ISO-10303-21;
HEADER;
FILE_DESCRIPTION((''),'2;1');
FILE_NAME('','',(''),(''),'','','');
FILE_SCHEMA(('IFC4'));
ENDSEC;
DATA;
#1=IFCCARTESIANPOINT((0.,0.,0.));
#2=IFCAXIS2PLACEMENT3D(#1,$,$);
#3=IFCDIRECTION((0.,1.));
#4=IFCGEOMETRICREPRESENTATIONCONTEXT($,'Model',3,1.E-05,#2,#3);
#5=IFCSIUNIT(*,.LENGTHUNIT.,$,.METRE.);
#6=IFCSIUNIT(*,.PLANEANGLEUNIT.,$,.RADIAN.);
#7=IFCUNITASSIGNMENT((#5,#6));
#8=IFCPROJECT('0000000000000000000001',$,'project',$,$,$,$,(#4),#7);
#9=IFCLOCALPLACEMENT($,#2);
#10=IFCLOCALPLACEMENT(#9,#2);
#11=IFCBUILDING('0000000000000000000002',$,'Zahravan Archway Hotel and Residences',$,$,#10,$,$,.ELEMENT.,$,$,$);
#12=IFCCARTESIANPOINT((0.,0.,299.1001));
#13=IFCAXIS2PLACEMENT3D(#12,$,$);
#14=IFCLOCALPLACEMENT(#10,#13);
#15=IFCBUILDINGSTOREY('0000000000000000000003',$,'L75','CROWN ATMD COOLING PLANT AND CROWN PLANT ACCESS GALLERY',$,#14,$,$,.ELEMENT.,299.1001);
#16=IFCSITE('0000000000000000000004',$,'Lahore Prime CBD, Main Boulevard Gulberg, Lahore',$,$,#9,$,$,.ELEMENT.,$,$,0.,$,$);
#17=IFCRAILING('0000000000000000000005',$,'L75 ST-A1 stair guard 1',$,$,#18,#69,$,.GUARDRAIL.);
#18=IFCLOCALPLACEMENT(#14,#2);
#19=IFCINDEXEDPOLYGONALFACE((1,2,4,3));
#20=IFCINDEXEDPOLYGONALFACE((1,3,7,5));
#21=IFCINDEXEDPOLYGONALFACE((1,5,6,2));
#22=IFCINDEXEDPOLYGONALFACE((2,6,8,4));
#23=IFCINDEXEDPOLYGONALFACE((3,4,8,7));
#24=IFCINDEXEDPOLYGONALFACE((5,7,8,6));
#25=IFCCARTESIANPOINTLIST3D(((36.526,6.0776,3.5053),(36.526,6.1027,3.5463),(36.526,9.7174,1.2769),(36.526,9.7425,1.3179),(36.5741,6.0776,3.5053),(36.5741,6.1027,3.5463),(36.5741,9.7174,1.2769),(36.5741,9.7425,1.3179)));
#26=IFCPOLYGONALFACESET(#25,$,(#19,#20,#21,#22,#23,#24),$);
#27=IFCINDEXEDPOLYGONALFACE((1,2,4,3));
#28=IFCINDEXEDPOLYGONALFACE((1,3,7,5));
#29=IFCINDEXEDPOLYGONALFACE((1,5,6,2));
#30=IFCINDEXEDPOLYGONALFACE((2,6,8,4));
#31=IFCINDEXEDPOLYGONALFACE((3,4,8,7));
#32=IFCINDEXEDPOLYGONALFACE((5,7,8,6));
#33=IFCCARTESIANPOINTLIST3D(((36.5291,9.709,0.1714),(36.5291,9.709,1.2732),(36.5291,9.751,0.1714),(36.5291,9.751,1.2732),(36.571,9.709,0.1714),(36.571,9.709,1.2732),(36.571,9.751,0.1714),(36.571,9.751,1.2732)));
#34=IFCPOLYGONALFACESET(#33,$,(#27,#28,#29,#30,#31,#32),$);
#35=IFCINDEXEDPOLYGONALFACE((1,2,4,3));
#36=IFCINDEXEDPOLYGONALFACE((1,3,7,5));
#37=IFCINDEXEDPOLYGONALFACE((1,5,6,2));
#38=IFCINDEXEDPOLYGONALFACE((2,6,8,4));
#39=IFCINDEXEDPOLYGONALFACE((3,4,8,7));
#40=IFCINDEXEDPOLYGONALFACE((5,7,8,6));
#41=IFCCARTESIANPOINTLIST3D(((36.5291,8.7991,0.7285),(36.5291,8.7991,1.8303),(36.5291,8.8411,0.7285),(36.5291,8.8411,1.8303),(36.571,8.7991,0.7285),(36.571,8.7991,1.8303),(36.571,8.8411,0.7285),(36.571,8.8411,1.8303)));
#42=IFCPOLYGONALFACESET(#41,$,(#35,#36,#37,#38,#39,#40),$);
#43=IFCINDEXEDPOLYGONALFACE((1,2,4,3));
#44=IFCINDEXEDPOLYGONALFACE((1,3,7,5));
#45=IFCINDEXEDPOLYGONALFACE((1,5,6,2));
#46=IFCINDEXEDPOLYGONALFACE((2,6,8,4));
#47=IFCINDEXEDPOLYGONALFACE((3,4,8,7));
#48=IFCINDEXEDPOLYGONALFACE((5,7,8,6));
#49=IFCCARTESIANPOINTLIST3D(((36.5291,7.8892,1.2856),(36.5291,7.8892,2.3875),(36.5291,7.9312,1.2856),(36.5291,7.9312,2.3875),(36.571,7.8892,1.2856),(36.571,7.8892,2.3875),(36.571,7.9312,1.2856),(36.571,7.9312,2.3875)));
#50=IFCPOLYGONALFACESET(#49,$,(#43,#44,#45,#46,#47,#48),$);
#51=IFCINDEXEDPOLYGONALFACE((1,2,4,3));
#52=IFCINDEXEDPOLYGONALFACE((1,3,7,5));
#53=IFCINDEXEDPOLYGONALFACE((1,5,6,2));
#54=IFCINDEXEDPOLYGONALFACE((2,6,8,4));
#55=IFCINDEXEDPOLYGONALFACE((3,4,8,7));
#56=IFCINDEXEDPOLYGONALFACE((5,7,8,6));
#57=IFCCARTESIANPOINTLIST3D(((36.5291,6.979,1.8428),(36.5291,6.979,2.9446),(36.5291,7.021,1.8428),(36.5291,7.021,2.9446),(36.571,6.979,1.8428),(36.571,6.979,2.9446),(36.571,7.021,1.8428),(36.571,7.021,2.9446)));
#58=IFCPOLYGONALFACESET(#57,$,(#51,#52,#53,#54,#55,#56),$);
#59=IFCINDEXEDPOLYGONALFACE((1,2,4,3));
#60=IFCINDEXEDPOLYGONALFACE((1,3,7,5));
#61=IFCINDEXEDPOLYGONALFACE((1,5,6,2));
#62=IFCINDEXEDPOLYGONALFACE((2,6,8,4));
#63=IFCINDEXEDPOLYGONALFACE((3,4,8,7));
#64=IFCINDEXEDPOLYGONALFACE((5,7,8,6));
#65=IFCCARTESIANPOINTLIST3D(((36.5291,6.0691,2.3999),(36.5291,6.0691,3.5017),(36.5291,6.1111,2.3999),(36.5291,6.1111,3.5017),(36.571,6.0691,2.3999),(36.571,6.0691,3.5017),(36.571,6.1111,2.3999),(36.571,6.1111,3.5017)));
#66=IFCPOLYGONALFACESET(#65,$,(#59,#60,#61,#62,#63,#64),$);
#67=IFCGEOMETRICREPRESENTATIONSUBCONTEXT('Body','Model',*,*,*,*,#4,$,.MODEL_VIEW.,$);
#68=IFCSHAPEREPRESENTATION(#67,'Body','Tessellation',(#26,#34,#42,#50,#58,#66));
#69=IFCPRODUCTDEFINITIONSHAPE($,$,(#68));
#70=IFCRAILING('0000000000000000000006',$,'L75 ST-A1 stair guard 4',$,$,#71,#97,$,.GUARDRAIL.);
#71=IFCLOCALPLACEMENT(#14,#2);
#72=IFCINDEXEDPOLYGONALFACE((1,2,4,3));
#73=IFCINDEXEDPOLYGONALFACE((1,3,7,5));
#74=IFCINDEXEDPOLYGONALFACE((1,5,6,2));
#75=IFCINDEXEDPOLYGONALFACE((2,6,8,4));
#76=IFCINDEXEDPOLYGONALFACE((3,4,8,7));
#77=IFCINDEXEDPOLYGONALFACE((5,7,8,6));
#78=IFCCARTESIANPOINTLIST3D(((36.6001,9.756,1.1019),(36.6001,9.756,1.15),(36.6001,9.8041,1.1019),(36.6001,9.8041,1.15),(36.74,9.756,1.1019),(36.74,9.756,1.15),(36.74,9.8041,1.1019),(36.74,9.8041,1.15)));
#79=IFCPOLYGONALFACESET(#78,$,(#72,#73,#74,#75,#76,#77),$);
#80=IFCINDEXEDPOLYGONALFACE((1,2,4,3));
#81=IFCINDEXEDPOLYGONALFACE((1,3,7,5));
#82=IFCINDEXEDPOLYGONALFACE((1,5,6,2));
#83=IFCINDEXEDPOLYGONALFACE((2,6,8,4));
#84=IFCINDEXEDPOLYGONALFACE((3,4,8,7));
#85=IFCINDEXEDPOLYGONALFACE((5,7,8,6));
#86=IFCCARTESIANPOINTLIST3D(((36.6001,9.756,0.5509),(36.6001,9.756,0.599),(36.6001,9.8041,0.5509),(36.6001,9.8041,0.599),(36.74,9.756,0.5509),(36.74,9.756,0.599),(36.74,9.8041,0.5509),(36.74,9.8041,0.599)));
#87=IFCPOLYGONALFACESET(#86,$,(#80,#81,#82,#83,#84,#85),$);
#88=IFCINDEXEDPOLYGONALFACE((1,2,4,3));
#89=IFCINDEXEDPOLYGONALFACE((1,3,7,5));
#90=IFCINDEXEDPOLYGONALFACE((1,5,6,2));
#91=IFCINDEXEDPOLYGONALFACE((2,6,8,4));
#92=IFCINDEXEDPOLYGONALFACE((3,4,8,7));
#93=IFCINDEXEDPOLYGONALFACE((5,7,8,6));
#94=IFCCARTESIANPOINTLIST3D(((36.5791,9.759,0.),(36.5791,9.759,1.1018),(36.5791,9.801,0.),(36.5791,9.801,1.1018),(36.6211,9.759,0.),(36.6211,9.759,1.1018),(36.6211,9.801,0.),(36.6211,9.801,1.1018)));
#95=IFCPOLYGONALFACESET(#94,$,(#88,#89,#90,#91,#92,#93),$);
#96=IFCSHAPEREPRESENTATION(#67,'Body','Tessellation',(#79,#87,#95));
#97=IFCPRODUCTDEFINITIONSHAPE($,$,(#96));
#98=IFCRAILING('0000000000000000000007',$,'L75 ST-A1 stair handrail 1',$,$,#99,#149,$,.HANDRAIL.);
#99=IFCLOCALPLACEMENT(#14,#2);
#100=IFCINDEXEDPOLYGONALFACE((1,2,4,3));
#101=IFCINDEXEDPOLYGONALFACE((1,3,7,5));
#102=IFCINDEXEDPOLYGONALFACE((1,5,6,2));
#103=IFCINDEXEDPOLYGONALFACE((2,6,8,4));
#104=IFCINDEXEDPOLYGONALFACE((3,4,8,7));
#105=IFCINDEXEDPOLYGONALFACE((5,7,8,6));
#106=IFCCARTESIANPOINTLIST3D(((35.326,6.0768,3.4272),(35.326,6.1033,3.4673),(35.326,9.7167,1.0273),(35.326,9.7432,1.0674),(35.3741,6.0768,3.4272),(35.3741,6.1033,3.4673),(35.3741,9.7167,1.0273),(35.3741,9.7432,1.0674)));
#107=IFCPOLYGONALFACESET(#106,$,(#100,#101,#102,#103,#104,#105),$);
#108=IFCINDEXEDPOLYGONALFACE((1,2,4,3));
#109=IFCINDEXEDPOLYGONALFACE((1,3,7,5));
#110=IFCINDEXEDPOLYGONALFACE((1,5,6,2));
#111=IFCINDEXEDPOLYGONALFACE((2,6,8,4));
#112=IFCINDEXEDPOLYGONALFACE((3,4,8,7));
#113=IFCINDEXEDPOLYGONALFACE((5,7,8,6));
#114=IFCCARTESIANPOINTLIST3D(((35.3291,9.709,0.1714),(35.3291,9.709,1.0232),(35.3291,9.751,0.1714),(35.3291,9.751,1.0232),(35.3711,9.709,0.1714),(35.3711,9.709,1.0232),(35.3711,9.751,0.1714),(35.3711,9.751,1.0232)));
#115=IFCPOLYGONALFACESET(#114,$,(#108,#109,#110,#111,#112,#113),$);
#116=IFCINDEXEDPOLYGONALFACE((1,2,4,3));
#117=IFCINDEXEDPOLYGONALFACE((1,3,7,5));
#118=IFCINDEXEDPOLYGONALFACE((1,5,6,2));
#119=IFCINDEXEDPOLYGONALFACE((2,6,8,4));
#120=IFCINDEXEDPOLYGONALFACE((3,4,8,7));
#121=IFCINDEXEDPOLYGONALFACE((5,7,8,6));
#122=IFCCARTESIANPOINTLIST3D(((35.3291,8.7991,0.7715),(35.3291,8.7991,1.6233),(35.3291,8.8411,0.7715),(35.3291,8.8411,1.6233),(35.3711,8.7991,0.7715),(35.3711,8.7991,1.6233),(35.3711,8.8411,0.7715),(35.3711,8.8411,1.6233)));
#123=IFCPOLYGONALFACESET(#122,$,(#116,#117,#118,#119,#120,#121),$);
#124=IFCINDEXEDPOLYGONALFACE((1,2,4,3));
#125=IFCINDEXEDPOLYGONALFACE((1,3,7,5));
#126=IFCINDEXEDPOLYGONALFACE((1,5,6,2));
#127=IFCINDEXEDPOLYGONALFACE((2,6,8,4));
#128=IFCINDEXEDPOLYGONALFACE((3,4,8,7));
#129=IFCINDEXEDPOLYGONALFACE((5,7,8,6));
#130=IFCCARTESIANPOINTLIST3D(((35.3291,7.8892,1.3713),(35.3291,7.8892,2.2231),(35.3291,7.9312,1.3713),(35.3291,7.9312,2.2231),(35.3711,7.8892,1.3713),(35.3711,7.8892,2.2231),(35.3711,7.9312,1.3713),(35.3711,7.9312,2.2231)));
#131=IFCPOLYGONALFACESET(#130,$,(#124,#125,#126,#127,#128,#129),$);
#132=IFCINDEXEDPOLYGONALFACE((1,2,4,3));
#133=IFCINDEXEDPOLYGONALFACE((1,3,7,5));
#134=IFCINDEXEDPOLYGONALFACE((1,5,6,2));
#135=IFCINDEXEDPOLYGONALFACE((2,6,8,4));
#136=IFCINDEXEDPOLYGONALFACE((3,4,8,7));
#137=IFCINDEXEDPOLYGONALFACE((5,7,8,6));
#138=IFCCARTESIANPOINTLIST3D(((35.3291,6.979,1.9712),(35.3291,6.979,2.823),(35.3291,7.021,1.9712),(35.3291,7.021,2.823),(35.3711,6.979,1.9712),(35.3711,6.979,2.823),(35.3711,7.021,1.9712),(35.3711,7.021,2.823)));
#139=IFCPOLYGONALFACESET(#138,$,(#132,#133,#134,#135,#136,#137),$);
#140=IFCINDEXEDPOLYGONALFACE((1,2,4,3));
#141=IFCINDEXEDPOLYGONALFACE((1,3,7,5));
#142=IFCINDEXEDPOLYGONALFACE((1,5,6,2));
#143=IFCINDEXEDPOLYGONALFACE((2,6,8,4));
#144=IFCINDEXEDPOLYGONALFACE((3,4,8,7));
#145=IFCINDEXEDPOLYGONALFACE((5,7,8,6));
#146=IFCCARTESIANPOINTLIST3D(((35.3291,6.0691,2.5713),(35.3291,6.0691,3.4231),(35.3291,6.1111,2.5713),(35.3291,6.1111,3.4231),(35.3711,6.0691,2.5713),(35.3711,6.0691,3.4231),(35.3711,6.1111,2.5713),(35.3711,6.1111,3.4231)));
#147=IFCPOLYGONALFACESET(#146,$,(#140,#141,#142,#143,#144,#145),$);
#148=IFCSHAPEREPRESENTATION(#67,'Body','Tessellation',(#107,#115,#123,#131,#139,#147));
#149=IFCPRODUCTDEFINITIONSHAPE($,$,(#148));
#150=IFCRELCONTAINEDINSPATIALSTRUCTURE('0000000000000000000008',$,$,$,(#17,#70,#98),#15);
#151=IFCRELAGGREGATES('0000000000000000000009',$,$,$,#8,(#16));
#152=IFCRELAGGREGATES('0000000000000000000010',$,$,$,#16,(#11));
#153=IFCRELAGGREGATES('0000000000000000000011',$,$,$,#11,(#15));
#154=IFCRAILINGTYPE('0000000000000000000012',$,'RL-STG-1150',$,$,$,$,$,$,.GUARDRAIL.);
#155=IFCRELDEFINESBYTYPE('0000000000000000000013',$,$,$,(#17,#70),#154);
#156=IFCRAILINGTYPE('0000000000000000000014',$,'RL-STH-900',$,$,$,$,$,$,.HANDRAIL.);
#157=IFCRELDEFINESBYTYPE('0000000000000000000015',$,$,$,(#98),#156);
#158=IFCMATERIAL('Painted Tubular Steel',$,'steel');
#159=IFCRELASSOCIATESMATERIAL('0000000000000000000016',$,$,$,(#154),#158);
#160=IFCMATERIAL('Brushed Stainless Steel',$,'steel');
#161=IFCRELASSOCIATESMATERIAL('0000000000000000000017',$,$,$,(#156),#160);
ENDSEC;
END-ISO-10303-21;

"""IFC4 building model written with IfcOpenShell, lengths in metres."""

from ifc_helpers import new_model, si_unit, direction, frame, origin, origin_2d, place, context, subcontext, project, spatial, rectangle, extrude, material, type_object, element, save


model = new_model("IFC4")

# Units and contexts
model_context = context("Model", 3, precision=1e-05, world=origin(), true_north=direction((0.0, 1.0)))
body_context = subcontext(model_context, "Body", "Model", "MODEL_VIEW")
ifc_project = project(units=[si_unit("LENGTHUNIT", "METRE"), si_unit("PLANEANGLEUNIT", "RADIAN")], contexts=[model_context])

# Site, building, storey
site_placement = place(None, origin())
site = spatial("IfcSite", under=ifc_project, at=site_placement, Name="Lahore Prime CBD, Main Boulevard Gulberg, Lahore", CompositionType="ELEMENT", RefElevation=0.0)
building_placement = place(site_placement, origin())
building = spatial("IfcBuilding", under=site, at=building_placement, Name="Zahravan Archway Hotel and Residences", CompositionType="ELEMENT")
storey_placement = place(building_placement, frame((0.0, 0.0, 299.1001)))
storey = spatial("IfcBuildingStorey", under=building, at=storey_placement, Name="L75", Description="CROWN ATMD COOLING PLANT AND CROWN PLANT ACCESS GALLERY", CompositionType="ELEMENT", Elevation=299.1001)

# Shared definitions
ifc_material_1 = material(Name="Brushed Stainless Steel", Category="steel")

# Railings
ifc_material_2 = material(Name="Painted Tubular Steel", Category="steel")
railing_type_1 = type_object("IfcRailingType", Name="RL-STG-1150", PredefinedType="GUARDRAIL", material=ifc_material_2)
railing_1_placement = place(storey_placement, frame((36.55, 9.73, 0.1714)))
element("IfcRailing", 1, at=railing_1_placement, inside=storey, type_object=railing_type_1, Name="L75 ST-A1 stair guard 1", PredefinedType="GUARDRAIL", context=body_context, shape_type="SweptSolid", body=[
    extrude(rectangle(XDim=0.0481, YDim=0.0481, at=origin_2d()), frame((0.0, 0.0, 1.126), z_axis=(0.0, -0.85285, 0.522156), x_axis=(1.0, 0.0, 0.0)), (0.0, 0.0, 1.0), 4.2678),
    extrude(rectangle(XDim=0.042, YDim=0.042, at=origin_2d()), origin(), (0.0, 0.0, 1.0), 1.1018),
    extrude(rectangle(XDim=0.042, YDim=0.042, at=origin_2d()), frame((0.0, -0.9099, 0.5571)), (0.0, 0.0, 1.0), 1.1018),
    extrude(rectangle(XDim=0.042, YDim=0.042, at=origin_2d()), frame((0.0, -1.8198, 1.1143)), (0.0, 0.0, 1.0), 1.1018),
    extrude(rectangle(XDim=0.042, YDim=0.042, at=origin_2d()), frame((0.0, -2.73, 1.6714)), (0.0, 0.0, 1.0), 1.1018),
    extrude(rectangle(XDim=0.042, YDim=0.042, at=origin_2d()), frame((0.0, -3.6399, 2.2285)), (0.0, 0.0, 1.0), 1.1018),
])
railing_2_placement = place(storey_placement, frame((36.6001, 9.78, 0.0)))
element("IfcRailing", 2, at=railing_2_placement, inside=storey, type_object=railing_type_1, Name="L75 ST-A1 stair guard 4", PredefinedType="GUARDRAIL", context=body_context, shape_type="SweptSolid", body=[
    extrude(rectangle(XDim=0.0481, YDim=0.0481, at=origin_2d()), frame((0.0, 0.0, 1.126), z_axis=(1.0, 0.0, 0.0), x_axis=(0.0, 1.0, 0.0)), (0.0, 0.0, 1.0), 0.1399),
    extrude(rectangle(XDim=0.0481, YDim=0.0481, at=origin_2d()), frame((0.0, 0.0, 0.575), z_axis=(1.0, 0.0, 0.0), x_axis=(0.0, 1.0, 0.0)), (0.0, 0.0, 1.0), 0.1399),
    extrude(rectangle(XDim=0.042, YDim=0.042, at=origin_2d()), origin(), (0.0, 0.0, 1.0), 1.1018),
])
railing_type_2 = type_object("IfcRailingType", Name="RL-STH-900", PredefinedType="HANDRAIL", material=ifc_material_1)
railing_3_placement = place(storey_placement, frame((35.3501, 9.73, 0.1714)))
element("IfcRailing", 3, at=railing_3_placement, inside=storey, type_object=railing_type_2, Name="L75 ST-A1 stair handrail 1", PredefinedType="HANDRAIL", context=body_context, shape_type="SweptSolid", body=[
    extrude(rectangle(XDim=0.0481, YDim=0.0481, at=origin_2d()), frame((0.0, 0.0, 0.876), z_axis=(0.0, -0.834865, 0.550454), x_axis=(1.0, 0.0, 0.0)), (0.0, 0.0, 1.0), 4.3599),
    extrude(rectangle(XDim=0.042, YDim=0.042, at=origin_2d()), origin(), (0.0, 0.0, 1.0), 0.8518),
    extrude(rectangle(XDim=0.042, YDim=0.042, at=origin_2d()), frame((0.0, -0.9099, 0.6001)), (0.0, 0.0, 1.0), 0.8518),
    extrude(rectangle(XDim=0.042, YDim=0.042, at=origin_2d()), frame((0.0, -1.8198, 1.2)), (0.0, 0.0, 1.0), 0.8518),
    extrude(rectangle(XDim=0.042, YDim=0.042, at=origin_2d()), frame((0.0, -2.73, 1.7998)), (0.0, 0.0, 1.0), 0.8518),
    extrude(rectangle(XDim=0.042, YDim=0.042, at=origin_2d()), frame((0.0, -3.6399, 2.3999)), (0.0, 0.0, 1.0), 0.8518),
])

save(model, "model.ifc")
